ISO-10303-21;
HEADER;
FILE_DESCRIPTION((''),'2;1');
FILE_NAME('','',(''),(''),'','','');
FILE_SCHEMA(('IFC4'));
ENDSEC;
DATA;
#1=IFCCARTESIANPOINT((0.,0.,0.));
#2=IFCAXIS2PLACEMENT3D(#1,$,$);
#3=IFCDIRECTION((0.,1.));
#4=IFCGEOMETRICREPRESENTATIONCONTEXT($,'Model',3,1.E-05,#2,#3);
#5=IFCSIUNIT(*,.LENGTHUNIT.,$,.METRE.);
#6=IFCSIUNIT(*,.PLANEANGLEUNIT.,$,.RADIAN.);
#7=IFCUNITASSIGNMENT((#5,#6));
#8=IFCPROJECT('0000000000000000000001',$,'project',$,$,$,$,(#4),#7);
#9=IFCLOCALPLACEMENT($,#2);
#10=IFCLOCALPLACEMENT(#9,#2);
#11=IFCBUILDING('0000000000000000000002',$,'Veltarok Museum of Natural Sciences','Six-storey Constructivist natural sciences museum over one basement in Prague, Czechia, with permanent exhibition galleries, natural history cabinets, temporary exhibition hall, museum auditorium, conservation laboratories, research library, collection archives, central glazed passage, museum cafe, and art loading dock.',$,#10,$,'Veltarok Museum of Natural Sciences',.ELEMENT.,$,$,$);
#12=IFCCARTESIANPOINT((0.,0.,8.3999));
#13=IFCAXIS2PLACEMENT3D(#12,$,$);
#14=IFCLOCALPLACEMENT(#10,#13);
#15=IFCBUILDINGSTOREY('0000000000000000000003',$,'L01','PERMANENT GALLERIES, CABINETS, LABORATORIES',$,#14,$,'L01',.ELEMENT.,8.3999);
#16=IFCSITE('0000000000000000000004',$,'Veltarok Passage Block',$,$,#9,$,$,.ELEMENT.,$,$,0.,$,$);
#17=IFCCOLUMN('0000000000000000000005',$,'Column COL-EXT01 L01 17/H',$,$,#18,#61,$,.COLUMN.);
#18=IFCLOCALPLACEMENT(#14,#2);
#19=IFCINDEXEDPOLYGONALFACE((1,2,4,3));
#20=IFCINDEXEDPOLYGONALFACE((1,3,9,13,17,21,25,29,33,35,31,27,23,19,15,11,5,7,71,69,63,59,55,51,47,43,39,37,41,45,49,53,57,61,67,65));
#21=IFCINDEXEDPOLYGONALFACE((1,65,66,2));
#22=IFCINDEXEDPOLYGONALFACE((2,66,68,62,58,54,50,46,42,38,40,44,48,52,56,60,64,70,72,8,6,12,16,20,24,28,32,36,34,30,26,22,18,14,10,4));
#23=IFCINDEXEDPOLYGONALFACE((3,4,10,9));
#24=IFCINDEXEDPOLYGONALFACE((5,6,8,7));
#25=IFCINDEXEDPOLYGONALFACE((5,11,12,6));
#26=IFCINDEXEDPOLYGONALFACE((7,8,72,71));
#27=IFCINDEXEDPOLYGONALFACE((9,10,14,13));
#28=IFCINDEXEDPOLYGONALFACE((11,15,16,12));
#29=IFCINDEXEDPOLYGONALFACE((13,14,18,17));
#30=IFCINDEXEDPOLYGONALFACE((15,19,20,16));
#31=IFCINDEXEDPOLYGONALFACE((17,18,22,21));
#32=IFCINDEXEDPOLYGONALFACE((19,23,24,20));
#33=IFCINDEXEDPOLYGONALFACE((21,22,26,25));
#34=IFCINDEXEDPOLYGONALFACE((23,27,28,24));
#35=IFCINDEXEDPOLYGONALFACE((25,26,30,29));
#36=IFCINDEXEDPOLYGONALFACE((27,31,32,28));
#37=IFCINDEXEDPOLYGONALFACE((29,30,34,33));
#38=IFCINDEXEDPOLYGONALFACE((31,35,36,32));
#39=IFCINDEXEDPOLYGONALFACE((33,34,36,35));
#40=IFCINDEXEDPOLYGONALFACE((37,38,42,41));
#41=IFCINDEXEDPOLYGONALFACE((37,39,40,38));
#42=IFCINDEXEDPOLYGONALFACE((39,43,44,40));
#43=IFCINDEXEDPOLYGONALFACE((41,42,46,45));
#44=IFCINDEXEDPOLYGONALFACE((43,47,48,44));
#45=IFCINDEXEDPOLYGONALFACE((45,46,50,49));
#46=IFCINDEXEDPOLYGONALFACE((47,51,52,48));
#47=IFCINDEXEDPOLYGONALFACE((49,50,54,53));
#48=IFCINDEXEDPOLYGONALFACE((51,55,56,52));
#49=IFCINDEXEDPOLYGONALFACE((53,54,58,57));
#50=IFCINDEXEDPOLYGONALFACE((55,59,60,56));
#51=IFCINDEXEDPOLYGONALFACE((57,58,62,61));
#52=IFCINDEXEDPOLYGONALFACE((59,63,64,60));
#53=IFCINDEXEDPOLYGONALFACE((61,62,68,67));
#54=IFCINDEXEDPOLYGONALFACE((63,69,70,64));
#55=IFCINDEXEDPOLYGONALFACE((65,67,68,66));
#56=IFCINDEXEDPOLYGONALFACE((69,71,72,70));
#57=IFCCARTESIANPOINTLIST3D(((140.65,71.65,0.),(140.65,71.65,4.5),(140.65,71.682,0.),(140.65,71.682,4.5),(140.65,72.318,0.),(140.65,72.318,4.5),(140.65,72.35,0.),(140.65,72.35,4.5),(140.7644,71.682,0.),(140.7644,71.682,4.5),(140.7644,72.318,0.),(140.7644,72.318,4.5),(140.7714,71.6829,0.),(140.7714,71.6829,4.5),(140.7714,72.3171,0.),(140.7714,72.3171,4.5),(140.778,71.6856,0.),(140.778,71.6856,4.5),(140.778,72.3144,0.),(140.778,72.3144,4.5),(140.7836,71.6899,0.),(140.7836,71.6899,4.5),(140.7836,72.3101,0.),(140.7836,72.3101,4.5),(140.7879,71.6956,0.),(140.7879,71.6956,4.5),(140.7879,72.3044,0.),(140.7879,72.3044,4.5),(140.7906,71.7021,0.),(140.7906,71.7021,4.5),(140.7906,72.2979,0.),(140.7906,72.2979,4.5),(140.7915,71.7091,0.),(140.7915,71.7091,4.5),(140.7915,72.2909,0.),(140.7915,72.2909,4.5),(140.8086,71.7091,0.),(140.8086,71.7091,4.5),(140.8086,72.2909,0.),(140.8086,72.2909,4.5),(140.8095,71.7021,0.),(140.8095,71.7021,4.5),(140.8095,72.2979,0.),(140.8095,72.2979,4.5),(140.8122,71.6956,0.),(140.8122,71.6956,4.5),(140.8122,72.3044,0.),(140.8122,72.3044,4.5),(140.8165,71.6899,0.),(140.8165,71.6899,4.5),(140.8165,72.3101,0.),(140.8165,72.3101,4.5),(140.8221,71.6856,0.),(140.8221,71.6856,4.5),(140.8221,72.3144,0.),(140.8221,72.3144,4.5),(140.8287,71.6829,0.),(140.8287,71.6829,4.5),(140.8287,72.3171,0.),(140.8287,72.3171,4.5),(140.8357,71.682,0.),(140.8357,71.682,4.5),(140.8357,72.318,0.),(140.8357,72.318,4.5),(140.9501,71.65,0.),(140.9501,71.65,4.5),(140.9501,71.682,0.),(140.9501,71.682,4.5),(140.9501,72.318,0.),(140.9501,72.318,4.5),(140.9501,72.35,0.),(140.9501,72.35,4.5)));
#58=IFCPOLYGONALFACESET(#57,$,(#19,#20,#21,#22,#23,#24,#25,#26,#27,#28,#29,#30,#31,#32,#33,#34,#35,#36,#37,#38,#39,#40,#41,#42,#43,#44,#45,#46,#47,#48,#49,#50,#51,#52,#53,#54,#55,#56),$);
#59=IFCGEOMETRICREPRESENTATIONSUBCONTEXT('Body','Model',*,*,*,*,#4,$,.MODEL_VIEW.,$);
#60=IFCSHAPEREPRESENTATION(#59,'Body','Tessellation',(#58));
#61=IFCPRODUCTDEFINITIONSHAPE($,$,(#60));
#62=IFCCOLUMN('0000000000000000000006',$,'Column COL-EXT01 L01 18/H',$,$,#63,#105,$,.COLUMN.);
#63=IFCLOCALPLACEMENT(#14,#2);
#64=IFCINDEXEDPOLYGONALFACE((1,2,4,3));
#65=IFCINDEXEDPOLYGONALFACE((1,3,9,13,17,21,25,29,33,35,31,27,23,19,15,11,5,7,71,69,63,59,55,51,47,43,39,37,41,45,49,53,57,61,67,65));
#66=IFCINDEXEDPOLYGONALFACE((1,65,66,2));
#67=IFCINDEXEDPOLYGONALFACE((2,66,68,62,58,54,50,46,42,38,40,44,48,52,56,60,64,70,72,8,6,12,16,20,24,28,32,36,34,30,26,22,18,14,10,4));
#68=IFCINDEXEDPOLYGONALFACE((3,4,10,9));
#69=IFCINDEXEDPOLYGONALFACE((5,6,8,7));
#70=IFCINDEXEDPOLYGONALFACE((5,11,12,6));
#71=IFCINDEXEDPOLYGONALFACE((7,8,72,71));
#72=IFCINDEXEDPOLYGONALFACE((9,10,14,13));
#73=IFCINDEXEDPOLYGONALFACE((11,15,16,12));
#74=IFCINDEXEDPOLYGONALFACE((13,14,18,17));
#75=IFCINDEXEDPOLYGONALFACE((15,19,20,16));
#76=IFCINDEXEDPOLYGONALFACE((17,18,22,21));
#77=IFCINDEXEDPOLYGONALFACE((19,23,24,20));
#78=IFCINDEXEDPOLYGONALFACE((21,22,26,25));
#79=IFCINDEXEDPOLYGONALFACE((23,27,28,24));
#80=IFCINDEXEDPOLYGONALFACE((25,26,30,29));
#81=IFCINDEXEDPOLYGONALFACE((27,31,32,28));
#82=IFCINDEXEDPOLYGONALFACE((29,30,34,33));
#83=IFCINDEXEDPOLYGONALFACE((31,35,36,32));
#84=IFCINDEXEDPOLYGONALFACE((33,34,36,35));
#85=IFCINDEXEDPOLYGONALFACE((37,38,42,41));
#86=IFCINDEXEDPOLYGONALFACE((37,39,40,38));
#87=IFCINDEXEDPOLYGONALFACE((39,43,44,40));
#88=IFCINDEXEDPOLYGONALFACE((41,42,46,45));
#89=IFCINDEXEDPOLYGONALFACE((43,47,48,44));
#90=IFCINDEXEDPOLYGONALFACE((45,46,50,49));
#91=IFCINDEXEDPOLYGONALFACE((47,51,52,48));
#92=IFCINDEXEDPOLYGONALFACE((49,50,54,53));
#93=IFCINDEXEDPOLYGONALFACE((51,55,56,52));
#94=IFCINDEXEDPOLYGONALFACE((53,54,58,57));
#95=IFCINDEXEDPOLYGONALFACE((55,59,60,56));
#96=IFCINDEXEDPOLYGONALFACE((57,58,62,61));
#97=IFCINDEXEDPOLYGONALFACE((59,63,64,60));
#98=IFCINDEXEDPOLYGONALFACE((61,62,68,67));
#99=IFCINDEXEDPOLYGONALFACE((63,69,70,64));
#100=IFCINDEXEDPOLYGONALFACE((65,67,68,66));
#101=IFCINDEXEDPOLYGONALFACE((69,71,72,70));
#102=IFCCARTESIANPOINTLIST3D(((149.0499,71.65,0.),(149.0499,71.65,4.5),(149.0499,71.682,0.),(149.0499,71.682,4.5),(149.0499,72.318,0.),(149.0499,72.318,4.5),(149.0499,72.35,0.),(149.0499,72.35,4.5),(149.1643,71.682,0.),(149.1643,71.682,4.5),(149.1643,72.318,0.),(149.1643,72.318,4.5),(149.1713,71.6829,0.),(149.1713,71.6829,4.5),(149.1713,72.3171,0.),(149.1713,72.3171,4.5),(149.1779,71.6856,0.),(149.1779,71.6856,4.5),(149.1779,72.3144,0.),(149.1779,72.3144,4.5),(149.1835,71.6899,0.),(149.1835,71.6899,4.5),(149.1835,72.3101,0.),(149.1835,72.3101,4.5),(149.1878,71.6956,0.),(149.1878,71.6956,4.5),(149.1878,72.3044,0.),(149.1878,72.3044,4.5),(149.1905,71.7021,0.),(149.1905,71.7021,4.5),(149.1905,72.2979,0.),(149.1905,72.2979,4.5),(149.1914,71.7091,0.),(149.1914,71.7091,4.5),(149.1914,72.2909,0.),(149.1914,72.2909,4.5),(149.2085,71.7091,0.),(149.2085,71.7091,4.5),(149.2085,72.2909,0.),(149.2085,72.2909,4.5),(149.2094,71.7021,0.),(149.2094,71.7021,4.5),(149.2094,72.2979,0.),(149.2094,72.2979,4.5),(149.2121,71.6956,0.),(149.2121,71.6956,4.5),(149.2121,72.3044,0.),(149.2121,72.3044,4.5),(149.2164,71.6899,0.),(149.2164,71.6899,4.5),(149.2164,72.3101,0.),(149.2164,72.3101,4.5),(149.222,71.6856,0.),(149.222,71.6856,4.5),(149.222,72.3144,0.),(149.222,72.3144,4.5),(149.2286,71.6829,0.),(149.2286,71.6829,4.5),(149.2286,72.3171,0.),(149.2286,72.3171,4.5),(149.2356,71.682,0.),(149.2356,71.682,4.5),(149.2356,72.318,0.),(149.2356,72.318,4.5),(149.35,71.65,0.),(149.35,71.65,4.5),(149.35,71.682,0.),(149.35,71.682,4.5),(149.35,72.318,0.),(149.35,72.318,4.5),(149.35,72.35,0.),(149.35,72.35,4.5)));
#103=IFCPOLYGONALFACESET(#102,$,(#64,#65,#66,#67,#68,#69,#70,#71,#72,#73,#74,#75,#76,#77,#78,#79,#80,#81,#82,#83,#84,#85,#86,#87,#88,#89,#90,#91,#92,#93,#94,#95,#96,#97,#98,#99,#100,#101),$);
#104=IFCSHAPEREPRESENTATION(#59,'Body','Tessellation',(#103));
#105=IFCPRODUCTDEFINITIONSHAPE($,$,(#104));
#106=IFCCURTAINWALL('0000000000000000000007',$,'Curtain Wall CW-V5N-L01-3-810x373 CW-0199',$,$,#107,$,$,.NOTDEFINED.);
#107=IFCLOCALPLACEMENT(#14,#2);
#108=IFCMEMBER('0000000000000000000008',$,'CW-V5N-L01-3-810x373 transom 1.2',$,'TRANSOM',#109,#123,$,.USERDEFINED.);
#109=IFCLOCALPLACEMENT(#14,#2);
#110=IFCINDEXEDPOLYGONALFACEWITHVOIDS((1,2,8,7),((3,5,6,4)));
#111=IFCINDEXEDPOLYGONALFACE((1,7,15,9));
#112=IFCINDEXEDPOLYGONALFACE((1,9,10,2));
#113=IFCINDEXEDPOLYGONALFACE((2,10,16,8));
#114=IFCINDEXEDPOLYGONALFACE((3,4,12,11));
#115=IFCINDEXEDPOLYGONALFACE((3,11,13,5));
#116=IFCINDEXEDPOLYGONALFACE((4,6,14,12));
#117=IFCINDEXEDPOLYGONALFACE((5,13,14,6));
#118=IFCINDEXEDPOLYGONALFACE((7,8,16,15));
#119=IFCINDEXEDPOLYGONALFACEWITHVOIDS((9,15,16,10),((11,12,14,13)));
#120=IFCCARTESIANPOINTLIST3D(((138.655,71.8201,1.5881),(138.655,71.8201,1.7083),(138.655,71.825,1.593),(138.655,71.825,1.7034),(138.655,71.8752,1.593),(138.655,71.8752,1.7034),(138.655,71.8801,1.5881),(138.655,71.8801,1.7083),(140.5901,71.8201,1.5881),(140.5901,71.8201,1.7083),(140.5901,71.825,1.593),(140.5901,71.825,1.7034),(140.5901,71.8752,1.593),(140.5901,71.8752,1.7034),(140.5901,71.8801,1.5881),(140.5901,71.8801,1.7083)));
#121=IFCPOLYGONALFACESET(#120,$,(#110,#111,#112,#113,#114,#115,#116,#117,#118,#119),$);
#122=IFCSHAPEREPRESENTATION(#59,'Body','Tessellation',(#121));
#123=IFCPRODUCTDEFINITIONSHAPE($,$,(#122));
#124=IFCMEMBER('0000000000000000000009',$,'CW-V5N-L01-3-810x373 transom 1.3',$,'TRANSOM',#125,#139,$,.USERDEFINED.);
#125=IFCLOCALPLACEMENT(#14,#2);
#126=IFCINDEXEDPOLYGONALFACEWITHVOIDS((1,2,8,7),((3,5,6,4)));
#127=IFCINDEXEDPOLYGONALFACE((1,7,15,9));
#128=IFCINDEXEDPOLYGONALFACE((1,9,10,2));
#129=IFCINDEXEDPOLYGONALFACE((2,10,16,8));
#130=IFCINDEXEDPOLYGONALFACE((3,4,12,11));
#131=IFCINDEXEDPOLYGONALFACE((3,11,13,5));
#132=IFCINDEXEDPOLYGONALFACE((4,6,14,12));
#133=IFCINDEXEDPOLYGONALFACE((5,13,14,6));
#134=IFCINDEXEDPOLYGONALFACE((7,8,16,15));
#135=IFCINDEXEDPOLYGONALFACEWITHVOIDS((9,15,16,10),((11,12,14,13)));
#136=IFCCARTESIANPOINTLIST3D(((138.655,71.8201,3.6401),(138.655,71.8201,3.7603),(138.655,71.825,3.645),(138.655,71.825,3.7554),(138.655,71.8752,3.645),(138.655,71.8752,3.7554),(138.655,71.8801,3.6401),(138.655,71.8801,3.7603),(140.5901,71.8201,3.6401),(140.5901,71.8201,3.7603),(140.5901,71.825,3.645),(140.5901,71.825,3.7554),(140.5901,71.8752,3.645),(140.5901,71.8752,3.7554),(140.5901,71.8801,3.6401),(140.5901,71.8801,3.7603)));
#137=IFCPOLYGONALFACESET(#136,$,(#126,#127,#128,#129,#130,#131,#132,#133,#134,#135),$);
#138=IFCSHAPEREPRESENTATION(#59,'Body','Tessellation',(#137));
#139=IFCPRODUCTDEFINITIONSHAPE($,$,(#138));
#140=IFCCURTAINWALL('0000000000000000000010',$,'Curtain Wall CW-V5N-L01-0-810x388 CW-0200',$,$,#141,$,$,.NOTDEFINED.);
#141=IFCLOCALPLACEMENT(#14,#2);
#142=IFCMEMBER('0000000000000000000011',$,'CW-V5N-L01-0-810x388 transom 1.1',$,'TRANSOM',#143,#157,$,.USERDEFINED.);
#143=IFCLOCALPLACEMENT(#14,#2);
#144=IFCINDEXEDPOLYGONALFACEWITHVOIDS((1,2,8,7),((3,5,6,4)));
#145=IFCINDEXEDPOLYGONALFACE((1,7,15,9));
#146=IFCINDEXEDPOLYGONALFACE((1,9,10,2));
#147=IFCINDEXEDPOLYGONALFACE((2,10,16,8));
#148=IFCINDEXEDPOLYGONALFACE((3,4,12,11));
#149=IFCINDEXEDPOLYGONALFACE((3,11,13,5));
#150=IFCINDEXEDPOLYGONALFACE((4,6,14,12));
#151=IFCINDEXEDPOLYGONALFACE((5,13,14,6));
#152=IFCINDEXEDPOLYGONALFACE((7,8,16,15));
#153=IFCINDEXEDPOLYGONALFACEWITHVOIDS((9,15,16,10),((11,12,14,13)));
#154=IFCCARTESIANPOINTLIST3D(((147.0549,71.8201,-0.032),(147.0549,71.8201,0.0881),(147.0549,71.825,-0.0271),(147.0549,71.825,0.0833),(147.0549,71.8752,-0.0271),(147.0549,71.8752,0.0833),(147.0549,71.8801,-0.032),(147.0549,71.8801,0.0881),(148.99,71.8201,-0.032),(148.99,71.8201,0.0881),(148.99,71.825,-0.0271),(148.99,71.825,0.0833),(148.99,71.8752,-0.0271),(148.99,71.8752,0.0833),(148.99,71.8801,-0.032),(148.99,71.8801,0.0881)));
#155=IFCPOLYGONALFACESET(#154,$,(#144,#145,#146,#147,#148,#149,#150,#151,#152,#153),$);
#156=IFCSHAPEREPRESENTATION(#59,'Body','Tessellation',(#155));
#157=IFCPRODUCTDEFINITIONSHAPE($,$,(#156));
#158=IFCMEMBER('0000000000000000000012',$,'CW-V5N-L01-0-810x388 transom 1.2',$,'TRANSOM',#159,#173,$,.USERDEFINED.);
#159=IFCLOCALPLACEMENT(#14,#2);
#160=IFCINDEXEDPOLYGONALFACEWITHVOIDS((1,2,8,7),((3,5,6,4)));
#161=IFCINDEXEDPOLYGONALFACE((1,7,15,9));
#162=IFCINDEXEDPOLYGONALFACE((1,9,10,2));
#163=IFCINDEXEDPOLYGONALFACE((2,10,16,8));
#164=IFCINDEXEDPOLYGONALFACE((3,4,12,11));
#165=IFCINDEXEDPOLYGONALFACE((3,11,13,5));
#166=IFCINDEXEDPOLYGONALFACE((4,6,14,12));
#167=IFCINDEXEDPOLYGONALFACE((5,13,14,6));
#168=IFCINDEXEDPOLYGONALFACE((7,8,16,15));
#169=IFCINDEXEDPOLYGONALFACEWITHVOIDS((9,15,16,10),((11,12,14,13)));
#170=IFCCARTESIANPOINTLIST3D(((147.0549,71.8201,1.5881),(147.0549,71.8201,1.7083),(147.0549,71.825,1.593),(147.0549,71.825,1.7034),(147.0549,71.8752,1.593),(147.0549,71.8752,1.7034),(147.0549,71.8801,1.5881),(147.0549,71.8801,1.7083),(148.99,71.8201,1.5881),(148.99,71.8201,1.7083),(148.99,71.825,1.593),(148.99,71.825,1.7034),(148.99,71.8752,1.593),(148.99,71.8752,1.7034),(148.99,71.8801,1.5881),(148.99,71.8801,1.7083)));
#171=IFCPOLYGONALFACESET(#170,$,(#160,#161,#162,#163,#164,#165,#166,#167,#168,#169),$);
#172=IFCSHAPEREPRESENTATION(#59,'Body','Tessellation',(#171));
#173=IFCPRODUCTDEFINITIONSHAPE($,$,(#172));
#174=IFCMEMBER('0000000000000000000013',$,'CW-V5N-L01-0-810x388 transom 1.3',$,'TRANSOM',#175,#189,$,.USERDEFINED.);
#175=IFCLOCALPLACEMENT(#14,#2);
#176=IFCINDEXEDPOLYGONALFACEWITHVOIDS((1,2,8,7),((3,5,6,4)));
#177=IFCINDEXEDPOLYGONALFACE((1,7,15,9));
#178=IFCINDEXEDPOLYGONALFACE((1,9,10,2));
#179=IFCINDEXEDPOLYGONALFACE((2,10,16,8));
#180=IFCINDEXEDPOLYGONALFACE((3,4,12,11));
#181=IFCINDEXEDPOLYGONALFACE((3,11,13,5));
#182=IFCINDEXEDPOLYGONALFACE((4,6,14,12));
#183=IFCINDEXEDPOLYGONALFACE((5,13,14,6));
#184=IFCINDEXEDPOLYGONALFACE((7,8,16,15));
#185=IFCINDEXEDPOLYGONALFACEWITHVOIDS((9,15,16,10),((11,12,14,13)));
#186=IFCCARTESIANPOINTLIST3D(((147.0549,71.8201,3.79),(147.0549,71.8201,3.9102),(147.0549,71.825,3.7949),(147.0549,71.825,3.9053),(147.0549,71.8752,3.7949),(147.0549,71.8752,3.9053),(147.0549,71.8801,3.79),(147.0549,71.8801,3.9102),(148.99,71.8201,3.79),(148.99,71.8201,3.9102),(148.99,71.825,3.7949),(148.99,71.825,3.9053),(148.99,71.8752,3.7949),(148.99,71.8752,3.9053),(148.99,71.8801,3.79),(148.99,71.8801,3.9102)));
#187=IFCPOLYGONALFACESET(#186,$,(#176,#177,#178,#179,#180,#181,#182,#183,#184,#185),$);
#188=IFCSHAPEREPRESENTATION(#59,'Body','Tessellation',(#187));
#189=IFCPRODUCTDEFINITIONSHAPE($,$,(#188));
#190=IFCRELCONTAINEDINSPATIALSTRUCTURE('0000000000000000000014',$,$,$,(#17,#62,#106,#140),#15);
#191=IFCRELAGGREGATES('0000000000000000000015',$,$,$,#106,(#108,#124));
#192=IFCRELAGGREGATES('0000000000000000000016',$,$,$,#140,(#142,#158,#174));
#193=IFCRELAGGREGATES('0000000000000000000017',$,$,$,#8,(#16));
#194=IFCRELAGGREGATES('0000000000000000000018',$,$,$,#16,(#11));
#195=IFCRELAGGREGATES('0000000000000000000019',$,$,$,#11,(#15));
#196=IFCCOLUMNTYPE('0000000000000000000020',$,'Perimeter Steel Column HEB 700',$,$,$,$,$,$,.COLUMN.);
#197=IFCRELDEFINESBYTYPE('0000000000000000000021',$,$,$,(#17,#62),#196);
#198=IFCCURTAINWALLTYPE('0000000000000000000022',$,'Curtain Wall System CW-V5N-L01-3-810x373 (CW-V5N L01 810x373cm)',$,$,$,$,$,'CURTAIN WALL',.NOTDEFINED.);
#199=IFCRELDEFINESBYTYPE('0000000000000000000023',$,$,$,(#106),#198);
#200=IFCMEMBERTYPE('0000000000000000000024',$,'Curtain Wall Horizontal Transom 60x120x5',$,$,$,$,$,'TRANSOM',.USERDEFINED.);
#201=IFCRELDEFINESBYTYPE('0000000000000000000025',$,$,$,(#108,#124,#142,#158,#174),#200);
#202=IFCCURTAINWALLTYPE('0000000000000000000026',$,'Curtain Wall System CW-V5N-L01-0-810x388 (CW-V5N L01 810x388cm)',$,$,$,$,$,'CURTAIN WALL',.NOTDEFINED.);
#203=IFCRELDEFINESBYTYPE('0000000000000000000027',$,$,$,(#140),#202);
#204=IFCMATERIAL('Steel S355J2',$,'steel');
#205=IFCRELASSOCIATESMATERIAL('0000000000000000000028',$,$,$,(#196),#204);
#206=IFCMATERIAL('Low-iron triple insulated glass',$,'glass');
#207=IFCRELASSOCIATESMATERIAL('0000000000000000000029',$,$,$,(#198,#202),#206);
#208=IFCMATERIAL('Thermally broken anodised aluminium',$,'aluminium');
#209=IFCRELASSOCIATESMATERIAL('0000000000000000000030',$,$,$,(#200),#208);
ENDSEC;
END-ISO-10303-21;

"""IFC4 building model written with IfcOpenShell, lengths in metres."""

from ifc_helpers import new_model, si_unit, direction, frame, origin, origin_2d, place, context, subcontext, project, spatial, hollow_rectangle, i_section, extrude, material, material_profile, profile_set, type_object, element, aggregate, save


model = new_model("IFC4")

# Units and contexts
model_context = context("Model", 3, precision=1e-05, world=origin(), true_north=direction((0.0, 1.0)))
body_context = subcontext(model_context, "Body", "Model", "MODEL_VIEW")
ifc_project = project(units=[si_unit("LENGTHUNIT", "METRE"), si_unit("PLANEANGLEUNIT", "RADIAN")], contexts=[model_context])

# Site, building, storey
site_placement = place(None, origin())
site = spatial("IfcSite", under=ifc_project, at=site_placement, Name="Veltarok Passage Block", CompositionType="ELEMENT", RefElevation=0.0)
building_placement = place(site_placement, origin())
building = spatial("IfcBuilding", under=site, at=building_placement, Name="Veltarok Museum of Natural Sciences", Description="Six-storey Constructivist natural sciences museum over one basement in Prague, Czechia, with permanent exhibition galleries, natural history cabinets, temporary exhibition hall, museum auditorium, conservation laboratories, research library, collection archives, central glazed passage, museum cafe, and art loading dock.", LongName="Veltarok Museum of Natural Sciences", CompositionType="ELEMENT")
storey_placement = place(building_placement, frame((0.0, 0.0, 8.3999)))
storey = spatial("IfcBuildingStorey", under=building, at=storey_placement, Name="L01", Description="PERMANENT GALLERIES, CABINETS, LABORATORIES", LongName="L01", CompositionType="ELEMENT", Elevation=8.3999)

# Columns
ifc_material_1 = material(Name="Steel S355J2", Category="steel")
ifc_material_profile_1 = material_profile(ifc_material_1, i_section(OverallWidth=0.3, OverallDepth=0.7, WebThickness=0.0171, FlangeThickness=0.032, FilletRadius=0.0271, at=origin_2d()), Name="HEB 700")
ifc_profile_set_1 = profile_set([ifc_material_profile_1], Name="Steel S355J2")
column_type = type_object("IfcColumnType", Name="Perimeter Steel Column HEB 700", PredefinedType="COLUMN", material=ifc_profile_set_1)
for number, where, z_axis, x_axis, name in (
    (1, (140.8, 72.0, 0.0), (0.0, 0.0, 1.0), (1.0, 0.0, 0.0), "Column COL-EXT01 L01 17/H"),
    (2, (149.2, 72.0, 0.0), (0.0, 0.0, 1.0), (1.0, 0.0, 0.0), "Column COL-EXT01 L01 18/H"),
):
    element("IfcColumn", number, at=place(storey_placement, frame(where, z_axis=z_axis, x_axis=x_axis)), inside=storey, type_object=column_type, Name=name, PredefinedType="COLUMN", context=body_context, shape_type="SweptSolid", body=[
        extrude(i_section(OverallWidth=0.3, OverallDepth=0.7, WebThickness=0.0171, FlangeThickness=0.032, FilletRadius=0.0271, at=origin_2d()), origin(), (0.0, 0.0, 1.0), 4.5),
    ])

# Curtain walls, members
ifc_material_2 = material(Name="Low-iron triple insulated glass", Category="glass")
curtain_wall_type_1 = type_object("IfcCurtainWallType", Name="Curtain Wall System CW-V5N-L01-3-810x373 (CW-V5N L01 810x373cm)", ElementType="CURTAIN WALL", PredefinedType="NOTDEFINED", material=ifc_material_2)
curtain_wall_1_placement = place(storey_placement, origin())
curtain_wall_1 = element("IfcCurtainWall", 3, at=curtain_wall_1_placement, inside=storey, type_object=curtain_wall_type_1, Name="Curtain Wall CW-V5N-L01-3-810x373 CW-0199", PredefinedType="NOTDEFINED")
ifc_material_3 = material(Name="Thermally broken anodised aluminium", Category="aluminium")
ifc_material_profile_2 = material_profile(ifc_material_3, hollow_rectangle(XDim=0.0601, YDim=0.1201, WallThickness=0.0049, at=origin_2d()), Name="CW TRANSOM 60x120x5")
ifc_profile_set_2 = profile_set([ifc_material_profile_2], Name="Thermally broken anodised aluminium")
member_type_1 = type_object("IfcMemberType", Name="Curtain Wall Horizontal Transom 60x120x5", ElementType="TRANSOM", PredefinedType="USERDEFINED", material=ifc_profile_set_2)
member_1_placement = place(storey_placement, frame((140.5901, 71.8501, 1.6482), z_axis=(-1.0, 0.0, 0.0), x_axis=(0.0, -1.0, 0.0)))
member_1 = element("IfcMember", 4, at=member_1_placement, type_object=member_type_1, Name="CW-V5N-L01-3-810x373 transom 1.2", ObjectType="TRANSOM", PredefinedType="USERDEFINED", context=body_context, shape_type="SweptSolid", body=[
    extrude(hollow_rectangle(XDim=0.0601, YDim=0.1201, WallThickness=0.0049, at=origin_2d()), origin(), (0.0, 0.0, 1.0), 1.9351),
])
member_2_placement = place(storey_placement, frame((140.5901, 71.8501, 3.7002), z_axis=(-1.0, 0.0, 0.0), x_axis=(0.0, -1.0, 0.0)))
member_2 = element("IfcMember", 5, at=member_2_placement, type_object=member_type_1, Name="CW-V5N-L01-3-810x373 transom 1.3", ObjectType="TRANSOM", PredefinedType="USERDEFINED", context=body_context, shape_type="SweptSolid", body=[
    extrude(hollow_rectangle(XDim=0.0601, YDim=0.1201, WallThickness=0.0049, at=origin_2d()), origin(), (0.0, 0.0, 1.0), 1.9351),
])
curtain_wall_type_2 = type_object("IfcCurtainWallType", Name="Curtain Wall System CW-V5N-L01-0-810x388 (CW-V5N L01 810x388cm)", ElementType="CURTAIN WALL", PredefinedType="NOTDEFINED", material=ifc_material_2)
curtain_wall_2_placement = place(storey_placement, origin())
curtain_wall_2 = element("IfcCurtainWall", 6, at=curtain_wall_2_placement, inside=storey, type_object=curtain_wall_type_2, Name="Curtain Wall CW-V5N-L01-0-810x388 CW-0200", PredefinedType="NOTDEFINED")
member_3_placement = place(storey_placement, frame((148.99, 71.8501, 0.0281), z_axis=(-1.0, 0.0, 0.0), x_axis=(0.0, -1.0, 0.0)))
member_3 = element("IfcMember", 7, at=member_3_placement, type_object=member_type_1, Name="CW-V5N-L01-0-810x388 transom 1.1", ObjectType="TRANSOM", PredefinedType="USERDEFINED", context=body_context, shape_type="SweptSolid", body=[
    extrude(hollow_rectangle(XDim=0.0601, YDim=0.1201, WallThickness=0.0049, at=origin_2d()), origin(), (0.0, 0.0, 1.0), 1.9351),
])
member_4_placement = place(storey_placement, frame((148.99, 71.8501, 1.6482), z_axis=(-1.0, 0.0, 0.0), x_axis=(0.0, -1.0, 0.0)))
member_4 = element("IfcMember", 8, at=member_4_placement, type_object=member_type_1, Name="CW-V5N-L01-0-810x388 transom 1.2", ObjectType="TRANSOM", PredefinedType="USERDEFINED", context=body_context, shape_type="SweptSolid", body=[
    extrude(hollow_rectangle(XDim=0.0601, YDim=0.1201, WallThickness=0.0049, at=origin_2d()), origin(), (0.0, 0.0, 1.0), 1.9351),
])
member_5_placement = place(storey_placement, frame((148.99, 71.8501, 3.8501), z_axis=(-1.0, 0.0, 0.0), x_axis=(0.0, -1.0, 0.0)))
member_5 = element("IfcMember", 9, at=member_5_placement, type_object=member_type_1, Name="CW-V5N-L01-0-810x388 transom 1.3", ObjectType="TRANSOM", PredefinedType="USERDEFINED", context=body_context, shape_type="SweptSolid", body=[
    extrude(hollow_rectangle(XDim=0.0601, YDim=0.1201, WallThickness=0.0049, at=origin_2d()), origin(), (0.0, 0.0, 1.0), 1.9351),
])

aggregate(curtain_wall_1, [member_1, member_2])

aggregate(curtain_wall_2, [member_3, member_4, member_5])

save(model, "model.ifc")
